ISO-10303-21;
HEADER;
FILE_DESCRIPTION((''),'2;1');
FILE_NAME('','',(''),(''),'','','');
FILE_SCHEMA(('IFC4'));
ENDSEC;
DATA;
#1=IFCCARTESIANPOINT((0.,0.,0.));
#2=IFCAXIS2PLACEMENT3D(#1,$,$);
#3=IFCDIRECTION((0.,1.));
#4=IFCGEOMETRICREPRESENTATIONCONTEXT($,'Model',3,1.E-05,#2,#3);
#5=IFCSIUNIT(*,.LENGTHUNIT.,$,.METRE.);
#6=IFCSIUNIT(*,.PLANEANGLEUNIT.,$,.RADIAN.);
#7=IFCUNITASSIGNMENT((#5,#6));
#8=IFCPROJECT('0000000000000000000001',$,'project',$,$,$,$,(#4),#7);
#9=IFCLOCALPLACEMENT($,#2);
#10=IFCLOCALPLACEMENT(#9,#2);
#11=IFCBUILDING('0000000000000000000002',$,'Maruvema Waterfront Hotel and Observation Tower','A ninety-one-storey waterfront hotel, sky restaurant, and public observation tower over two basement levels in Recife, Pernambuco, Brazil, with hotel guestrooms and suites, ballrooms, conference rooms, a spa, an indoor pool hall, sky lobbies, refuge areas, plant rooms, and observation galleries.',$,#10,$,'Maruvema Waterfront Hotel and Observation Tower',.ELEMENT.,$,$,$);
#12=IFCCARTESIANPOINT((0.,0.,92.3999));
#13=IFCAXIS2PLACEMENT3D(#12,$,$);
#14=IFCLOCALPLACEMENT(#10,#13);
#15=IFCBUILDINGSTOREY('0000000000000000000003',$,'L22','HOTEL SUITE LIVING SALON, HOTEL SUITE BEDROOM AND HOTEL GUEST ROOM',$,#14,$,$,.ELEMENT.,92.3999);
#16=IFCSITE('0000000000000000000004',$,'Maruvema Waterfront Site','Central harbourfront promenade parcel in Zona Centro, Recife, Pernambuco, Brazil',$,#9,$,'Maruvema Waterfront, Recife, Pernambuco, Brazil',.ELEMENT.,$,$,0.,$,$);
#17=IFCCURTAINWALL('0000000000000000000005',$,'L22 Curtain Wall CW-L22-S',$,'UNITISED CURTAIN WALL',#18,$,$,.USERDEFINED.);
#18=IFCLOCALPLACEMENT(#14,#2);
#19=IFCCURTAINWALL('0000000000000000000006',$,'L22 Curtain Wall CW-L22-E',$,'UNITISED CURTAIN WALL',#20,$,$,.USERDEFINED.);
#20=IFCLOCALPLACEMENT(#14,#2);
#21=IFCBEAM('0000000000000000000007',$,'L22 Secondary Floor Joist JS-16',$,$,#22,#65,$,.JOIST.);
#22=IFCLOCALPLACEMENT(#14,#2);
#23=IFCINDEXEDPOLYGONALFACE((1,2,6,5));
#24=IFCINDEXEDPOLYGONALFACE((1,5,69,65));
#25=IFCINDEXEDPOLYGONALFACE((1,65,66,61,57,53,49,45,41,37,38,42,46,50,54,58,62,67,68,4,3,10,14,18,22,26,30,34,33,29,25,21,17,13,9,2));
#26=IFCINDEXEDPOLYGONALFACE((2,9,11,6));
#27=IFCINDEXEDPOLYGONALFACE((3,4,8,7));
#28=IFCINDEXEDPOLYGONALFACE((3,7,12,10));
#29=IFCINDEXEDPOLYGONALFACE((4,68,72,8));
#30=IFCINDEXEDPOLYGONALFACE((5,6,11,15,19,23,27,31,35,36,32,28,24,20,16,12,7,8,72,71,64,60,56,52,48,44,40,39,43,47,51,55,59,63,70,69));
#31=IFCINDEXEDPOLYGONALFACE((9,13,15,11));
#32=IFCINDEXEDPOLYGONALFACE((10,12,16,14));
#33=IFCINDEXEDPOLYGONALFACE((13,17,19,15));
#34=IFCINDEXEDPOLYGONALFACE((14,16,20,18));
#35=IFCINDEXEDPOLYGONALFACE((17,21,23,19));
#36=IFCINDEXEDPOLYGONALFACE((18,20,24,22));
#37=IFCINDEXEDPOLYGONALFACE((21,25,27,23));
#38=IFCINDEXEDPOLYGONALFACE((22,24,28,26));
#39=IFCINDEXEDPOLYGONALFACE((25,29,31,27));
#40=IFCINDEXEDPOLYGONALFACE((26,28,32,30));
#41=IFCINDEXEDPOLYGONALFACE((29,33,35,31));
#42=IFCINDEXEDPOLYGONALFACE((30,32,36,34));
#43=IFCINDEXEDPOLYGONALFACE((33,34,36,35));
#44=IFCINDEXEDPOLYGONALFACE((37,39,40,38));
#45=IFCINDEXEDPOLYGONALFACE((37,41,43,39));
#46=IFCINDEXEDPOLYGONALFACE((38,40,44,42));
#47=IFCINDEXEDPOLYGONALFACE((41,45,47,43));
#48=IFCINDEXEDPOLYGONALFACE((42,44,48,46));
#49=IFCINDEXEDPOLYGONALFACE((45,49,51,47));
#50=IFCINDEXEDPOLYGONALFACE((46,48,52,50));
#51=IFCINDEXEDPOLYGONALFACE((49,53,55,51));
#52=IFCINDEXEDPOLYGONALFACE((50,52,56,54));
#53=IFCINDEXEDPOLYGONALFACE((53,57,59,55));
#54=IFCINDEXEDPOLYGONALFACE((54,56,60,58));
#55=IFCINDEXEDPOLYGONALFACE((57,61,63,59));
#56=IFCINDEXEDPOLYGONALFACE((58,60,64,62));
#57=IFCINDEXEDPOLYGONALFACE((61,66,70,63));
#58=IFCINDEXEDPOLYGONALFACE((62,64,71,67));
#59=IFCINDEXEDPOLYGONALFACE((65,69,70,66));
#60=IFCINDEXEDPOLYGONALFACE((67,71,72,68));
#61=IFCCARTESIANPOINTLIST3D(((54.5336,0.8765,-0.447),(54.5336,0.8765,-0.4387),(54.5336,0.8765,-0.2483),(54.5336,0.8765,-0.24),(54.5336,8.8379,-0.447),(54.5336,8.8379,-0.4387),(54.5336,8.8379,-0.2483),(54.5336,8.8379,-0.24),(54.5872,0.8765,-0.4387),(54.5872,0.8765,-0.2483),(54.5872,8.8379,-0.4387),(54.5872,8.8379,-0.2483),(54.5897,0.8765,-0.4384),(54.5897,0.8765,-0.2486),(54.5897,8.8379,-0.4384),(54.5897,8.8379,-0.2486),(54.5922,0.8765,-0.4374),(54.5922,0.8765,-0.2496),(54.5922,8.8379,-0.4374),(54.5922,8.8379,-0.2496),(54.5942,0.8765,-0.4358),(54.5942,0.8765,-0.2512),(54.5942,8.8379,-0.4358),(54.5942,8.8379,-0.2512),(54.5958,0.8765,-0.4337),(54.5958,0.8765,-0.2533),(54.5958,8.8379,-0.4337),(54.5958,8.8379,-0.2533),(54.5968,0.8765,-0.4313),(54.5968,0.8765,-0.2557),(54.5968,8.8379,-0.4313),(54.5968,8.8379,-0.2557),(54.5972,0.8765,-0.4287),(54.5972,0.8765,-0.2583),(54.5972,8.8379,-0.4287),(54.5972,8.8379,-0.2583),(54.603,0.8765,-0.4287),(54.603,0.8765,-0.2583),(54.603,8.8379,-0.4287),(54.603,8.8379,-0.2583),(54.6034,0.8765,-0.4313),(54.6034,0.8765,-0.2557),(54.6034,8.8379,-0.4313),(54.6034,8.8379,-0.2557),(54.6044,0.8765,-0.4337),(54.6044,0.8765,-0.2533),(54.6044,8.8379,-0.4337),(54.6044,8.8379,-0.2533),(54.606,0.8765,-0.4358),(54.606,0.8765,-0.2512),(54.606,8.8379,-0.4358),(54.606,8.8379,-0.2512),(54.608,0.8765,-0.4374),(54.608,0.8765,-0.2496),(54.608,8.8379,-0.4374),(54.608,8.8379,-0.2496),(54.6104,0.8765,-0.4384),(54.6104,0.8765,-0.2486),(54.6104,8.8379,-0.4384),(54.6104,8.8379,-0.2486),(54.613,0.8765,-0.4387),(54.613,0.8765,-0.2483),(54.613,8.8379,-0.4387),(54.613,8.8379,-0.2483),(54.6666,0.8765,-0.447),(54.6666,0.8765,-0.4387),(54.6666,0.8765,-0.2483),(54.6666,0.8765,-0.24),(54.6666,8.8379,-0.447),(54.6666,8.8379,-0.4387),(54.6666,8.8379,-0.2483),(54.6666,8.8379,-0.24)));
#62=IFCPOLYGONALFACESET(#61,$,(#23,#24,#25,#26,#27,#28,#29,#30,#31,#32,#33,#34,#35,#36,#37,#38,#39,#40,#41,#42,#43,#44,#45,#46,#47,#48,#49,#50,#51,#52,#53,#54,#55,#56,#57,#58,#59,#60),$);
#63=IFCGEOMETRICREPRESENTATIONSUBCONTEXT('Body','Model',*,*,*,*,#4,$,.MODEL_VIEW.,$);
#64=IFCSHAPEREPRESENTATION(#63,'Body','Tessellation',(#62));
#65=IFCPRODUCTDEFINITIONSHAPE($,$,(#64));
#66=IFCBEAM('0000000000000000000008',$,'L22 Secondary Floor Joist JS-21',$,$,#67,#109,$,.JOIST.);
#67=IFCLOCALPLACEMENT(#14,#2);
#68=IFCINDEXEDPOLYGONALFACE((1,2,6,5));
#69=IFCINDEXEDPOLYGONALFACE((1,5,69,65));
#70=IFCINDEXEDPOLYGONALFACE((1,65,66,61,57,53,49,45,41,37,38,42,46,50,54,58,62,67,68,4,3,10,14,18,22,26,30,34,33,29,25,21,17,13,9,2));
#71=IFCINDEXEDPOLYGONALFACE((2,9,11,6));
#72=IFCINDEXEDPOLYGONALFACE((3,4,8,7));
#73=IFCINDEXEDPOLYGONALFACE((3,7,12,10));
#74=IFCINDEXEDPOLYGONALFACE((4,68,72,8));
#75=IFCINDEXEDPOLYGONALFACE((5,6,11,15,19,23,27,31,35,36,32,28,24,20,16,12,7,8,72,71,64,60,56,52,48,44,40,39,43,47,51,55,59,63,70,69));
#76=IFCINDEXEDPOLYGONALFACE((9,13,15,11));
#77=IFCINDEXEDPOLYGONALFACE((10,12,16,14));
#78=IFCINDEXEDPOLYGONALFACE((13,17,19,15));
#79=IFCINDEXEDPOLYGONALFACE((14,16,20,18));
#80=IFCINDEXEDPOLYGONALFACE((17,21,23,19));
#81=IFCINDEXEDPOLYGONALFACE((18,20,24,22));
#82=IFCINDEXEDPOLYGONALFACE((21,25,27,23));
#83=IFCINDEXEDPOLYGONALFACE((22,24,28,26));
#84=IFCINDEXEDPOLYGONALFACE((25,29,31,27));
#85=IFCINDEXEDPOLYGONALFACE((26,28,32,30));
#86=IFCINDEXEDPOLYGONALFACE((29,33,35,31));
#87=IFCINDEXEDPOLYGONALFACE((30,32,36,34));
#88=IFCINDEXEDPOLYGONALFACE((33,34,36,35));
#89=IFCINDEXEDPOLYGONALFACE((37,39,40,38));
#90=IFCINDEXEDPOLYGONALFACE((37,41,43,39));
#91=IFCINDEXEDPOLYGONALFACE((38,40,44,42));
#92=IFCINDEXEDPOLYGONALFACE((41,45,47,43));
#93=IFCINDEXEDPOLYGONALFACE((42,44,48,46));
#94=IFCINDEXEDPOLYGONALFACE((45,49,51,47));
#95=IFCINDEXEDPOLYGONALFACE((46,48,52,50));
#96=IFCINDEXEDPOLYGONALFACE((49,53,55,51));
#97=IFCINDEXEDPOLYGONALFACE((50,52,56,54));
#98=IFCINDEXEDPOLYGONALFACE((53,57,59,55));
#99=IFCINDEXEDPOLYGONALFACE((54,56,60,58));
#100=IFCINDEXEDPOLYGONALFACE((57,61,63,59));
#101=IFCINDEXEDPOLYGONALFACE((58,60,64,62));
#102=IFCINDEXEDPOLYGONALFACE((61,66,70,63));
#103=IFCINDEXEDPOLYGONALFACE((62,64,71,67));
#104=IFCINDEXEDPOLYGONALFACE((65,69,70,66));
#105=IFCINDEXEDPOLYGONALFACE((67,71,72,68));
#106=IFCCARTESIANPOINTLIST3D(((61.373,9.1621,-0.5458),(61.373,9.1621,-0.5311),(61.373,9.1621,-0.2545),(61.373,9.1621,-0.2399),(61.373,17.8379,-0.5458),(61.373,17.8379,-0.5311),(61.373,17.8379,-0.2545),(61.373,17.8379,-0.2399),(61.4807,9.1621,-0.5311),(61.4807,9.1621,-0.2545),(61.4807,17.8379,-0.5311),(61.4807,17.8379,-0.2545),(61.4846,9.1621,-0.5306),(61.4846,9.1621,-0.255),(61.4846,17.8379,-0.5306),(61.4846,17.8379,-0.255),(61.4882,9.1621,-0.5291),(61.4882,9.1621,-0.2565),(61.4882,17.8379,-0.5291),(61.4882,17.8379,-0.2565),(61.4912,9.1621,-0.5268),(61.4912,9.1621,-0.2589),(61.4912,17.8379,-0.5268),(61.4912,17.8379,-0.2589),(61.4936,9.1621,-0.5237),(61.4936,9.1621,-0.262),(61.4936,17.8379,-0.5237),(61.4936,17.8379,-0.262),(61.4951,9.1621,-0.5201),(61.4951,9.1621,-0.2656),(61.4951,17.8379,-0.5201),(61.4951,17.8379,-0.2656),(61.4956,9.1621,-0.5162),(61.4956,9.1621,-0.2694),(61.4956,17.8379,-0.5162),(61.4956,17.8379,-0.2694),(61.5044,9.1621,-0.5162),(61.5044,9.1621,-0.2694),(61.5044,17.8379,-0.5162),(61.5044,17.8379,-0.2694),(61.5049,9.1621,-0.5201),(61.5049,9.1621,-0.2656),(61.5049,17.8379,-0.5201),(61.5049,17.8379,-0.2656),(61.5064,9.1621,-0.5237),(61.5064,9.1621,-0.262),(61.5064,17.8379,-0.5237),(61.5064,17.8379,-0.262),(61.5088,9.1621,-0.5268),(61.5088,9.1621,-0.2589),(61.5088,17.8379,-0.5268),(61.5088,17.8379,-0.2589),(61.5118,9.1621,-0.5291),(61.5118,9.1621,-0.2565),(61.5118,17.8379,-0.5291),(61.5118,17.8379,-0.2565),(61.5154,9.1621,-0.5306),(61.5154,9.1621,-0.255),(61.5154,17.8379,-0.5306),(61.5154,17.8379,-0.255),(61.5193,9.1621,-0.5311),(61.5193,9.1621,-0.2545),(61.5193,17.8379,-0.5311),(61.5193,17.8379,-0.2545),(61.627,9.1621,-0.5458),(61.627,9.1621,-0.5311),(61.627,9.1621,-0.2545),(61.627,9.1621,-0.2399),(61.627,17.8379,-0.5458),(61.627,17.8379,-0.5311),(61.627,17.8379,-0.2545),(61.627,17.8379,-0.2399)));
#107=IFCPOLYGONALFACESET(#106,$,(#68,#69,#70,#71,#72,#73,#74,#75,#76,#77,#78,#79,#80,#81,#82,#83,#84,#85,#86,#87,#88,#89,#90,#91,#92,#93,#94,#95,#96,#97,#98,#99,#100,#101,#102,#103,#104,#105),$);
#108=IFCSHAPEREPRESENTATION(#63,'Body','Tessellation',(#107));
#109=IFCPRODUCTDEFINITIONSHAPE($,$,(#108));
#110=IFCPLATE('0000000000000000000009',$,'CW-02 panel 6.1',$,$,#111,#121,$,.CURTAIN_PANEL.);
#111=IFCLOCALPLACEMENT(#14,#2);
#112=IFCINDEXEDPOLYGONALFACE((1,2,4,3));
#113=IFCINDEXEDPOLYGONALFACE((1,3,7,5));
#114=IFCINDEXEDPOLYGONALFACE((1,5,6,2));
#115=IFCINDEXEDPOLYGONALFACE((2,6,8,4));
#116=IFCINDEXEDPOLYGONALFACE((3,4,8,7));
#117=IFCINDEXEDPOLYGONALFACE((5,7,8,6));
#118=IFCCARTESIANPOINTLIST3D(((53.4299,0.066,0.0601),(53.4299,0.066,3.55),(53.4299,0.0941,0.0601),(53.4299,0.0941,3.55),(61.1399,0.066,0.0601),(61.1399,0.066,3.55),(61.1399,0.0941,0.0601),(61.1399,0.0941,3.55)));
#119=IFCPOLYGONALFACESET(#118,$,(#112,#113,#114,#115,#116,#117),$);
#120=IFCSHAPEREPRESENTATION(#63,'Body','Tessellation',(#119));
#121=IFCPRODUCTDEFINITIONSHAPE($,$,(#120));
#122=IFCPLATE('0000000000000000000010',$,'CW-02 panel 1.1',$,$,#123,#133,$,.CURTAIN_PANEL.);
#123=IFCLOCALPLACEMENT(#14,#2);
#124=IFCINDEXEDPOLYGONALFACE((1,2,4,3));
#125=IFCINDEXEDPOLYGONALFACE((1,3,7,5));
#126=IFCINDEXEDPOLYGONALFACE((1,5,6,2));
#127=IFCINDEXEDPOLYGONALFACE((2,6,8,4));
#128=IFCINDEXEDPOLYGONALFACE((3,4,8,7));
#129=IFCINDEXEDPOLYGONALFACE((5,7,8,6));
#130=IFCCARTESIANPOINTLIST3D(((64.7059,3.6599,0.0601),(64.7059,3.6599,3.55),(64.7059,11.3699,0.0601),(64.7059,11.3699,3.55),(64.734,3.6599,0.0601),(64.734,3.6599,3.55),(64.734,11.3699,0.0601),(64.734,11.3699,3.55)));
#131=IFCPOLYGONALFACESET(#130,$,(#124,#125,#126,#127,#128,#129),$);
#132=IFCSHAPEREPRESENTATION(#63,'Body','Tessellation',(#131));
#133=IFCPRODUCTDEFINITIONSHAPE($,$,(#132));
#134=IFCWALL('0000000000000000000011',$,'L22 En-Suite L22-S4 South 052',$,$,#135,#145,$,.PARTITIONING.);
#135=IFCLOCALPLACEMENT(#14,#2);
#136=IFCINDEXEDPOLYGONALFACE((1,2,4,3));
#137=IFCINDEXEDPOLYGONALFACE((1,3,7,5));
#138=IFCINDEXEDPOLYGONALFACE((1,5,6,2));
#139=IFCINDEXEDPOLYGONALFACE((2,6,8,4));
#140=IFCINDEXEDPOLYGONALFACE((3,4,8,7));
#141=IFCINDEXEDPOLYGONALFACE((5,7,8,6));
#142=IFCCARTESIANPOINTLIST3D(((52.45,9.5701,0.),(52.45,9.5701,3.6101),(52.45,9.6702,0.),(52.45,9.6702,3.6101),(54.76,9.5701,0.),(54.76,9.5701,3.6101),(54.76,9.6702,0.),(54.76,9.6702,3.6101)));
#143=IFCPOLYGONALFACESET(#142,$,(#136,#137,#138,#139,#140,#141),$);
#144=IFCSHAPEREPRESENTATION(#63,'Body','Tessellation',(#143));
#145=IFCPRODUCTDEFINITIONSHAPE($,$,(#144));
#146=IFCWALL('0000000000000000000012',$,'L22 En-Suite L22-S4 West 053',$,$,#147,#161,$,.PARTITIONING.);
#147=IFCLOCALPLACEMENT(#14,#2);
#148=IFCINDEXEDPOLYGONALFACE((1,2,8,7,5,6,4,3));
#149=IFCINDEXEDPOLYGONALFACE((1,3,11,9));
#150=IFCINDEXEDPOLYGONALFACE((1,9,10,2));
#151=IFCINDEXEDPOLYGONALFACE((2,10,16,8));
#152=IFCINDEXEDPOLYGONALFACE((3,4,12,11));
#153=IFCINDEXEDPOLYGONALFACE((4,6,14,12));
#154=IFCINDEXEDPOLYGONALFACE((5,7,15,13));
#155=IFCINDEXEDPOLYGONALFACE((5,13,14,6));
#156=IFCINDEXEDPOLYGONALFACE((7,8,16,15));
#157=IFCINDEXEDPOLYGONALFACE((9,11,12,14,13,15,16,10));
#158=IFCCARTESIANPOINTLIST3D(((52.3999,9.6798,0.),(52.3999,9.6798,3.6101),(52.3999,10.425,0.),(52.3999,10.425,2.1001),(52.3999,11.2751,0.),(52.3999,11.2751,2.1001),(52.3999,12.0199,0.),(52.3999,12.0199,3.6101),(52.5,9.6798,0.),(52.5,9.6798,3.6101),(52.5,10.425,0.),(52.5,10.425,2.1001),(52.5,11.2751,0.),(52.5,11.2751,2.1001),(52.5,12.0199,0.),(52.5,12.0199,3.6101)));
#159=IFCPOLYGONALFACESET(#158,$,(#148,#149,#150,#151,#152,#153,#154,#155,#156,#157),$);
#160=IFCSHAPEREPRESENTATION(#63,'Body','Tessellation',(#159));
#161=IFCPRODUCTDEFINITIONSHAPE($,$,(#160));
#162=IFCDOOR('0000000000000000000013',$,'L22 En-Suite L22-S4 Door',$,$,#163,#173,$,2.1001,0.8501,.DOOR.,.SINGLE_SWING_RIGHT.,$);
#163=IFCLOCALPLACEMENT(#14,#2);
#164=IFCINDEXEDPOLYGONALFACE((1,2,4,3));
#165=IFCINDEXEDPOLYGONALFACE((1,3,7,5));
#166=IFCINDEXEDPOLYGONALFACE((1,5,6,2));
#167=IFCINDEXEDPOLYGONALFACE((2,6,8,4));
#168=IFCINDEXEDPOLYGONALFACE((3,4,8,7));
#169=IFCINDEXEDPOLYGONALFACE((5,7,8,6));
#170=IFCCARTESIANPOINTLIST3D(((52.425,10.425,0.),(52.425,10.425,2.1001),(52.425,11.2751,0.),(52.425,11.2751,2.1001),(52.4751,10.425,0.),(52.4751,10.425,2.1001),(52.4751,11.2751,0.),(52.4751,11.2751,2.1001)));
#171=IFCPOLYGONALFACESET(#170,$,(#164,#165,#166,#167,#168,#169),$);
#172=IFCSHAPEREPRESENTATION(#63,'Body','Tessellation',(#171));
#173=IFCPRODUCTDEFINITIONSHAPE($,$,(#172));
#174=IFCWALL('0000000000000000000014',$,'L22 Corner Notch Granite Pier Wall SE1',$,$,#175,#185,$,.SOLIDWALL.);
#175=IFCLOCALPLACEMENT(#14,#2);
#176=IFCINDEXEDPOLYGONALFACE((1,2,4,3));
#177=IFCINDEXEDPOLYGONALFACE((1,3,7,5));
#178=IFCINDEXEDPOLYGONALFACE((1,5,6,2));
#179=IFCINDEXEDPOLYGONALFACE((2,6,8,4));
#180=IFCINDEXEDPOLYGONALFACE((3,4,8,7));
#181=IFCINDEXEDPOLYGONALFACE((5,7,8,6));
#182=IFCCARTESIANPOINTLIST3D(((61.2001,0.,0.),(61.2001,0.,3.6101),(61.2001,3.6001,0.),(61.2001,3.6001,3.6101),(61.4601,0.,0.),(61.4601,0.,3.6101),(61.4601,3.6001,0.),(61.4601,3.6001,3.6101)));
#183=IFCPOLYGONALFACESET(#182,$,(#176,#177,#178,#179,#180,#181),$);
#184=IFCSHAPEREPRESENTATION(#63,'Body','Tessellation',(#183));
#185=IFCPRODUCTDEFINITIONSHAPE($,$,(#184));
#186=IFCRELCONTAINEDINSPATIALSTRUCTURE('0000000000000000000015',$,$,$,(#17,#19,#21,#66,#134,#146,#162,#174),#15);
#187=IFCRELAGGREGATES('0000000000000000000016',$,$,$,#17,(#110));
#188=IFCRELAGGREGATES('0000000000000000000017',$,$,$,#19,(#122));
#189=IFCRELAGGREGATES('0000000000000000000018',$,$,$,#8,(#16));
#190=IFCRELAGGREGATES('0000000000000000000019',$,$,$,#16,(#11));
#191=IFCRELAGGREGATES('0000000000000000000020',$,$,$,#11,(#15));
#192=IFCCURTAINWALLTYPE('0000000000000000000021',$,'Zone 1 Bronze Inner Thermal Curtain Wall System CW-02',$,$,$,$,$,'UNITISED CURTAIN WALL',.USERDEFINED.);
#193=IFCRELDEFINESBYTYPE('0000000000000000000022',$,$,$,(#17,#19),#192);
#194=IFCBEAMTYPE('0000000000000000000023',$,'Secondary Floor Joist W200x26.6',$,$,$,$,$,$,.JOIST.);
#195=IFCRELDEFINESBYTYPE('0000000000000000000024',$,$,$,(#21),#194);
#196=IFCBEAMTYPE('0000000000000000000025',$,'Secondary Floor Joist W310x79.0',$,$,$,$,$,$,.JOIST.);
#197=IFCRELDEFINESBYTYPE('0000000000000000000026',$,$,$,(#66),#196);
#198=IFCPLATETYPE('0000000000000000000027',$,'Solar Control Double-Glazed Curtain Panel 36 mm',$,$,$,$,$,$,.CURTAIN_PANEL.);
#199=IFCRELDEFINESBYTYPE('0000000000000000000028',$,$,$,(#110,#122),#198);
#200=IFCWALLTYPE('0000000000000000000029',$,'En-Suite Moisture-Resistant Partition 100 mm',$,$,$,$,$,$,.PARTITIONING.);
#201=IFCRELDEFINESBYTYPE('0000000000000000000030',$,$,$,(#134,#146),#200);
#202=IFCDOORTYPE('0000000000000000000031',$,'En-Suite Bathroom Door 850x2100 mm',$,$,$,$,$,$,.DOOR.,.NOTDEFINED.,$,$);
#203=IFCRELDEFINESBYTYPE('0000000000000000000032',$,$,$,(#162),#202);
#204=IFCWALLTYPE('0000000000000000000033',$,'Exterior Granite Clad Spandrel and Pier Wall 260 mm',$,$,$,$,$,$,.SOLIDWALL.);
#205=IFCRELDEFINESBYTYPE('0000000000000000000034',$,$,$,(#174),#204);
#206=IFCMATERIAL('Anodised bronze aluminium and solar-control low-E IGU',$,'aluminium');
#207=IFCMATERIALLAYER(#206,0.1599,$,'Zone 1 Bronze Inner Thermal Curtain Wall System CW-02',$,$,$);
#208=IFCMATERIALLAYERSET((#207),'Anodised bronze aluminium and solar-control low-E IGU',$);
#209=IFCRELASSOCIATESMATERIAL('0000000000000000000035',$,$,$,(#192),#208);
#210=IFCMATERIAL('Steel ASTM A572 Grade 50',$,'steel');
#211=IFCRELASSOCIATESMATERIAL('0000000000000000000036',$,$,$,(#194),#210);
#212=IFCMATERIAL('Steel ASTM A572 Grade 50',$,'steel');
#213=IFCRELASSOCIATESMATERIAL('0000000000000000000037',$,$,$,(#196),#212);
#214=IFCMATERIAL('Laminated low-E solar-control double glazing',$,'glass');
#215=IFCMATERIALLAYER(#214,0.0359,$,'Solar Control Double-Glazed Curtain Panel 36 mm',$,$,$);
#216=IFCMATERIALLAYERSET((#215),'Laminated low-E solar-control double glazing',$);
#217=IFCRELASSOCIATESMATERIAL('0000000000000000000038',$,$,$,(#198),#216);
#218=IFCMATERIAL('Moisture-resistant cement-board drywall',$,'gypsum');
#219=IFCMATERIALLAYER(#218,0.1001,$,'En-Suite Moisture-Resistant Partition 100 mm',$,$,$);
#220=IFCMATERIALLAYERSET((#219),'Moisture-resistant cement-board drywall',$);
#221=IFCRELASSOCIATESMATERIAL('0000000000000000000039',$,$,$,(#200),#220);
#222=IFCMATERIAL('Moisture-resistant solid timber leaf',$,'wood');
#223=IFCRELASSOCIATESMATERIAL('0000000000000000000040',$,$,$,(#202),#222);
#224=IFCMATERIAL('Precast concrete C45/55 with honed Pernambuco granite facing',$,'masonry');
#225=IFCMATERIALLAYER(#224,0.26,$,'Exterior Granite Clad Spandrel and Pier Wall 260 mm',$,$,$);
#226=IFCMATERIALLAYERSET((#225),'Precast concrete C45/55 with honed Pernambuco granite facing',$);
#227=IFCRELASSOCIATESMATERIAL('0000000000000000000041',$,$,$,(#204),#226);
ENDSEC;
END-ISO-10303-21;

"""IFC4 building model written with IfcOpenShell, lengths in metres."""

from ifc_helpers import new_model, si_unit, direction, frame, frame_2d, origin, origin_2d, place, context, subcontext, project, spatial, rectangle, i_section, extrude, material, layer, layer_set, material_profile, profile_set, type_object, element, fill, aggregate, save


model = new_model("IFC4")

# Units and contexts
model_context = context("Model", 3, precision=1e-05, world=origin(), true_north=direction((0.0, 1.0)))
body_context = subcontext(model_context, "Body", "Model", "MODEL_VIEW")
ifc_project = project(units=[si_unit("LENGTHUNIT", "METRE"), si_unit("PLANEANGLEUNIT", "RADIAN")], contexts=[model_context])

# Site, building, storey
site_placement = place(None, origin())
site = spatial("IfcSite", under=ifc_project, at=site_placement, Name="Maruvema Waterfront Site", Description="Central harbourfront promenade parcel in Zona Centro, Recife, Pernambuco, Brazil", LongName="Maruvema Waterfront, Recife, Pernambuco, Brazil", CompositionType="ELEMENT", RefElevation=0.0)
building_placement = place(site_placement, origin())
building = spatial("IfcBuilding", under=site, at=building_placement, Name="Maruvema Waterfront Hotel and Observation Tower", Description="A ninety-one-storey waterfront hotel, sky restaurant, and public observation tower over two basement levels in Recife, Pernambuco, Brazil, with hotel guestrooms and suites, ballrooms, conference rooms, a spa, an indoor pool hall, sky lobbies, refuge areas, plant rooms, and observation galleries.", LongName="Maruvema Waterfront Hotel and Observation Tower", CompositionType="ELEMENT")
storey_placement = place(building_placement, frame((0.0, 0.0, 92.3999)))
storey = spatial("IfcBuildingStorey", under=building, at=storey_placement, Name="L22", Description="HOTEL SUITE LIVING SALON, HOTEL SUITE BEDROOM AND HOTEL GUEST ROOM", CompositionType="ELEMENT", Elevation=92.3999)

# Curtain walls
ifc_material_1 = material(Name="Anodised bronze aluminium and solar-control low-E IGU", Category="aluminium")
ifc_layer_1 = layer(ifc_material_1, 0.1599, Name="Zone 1 Bronze Inner Thermal Curtain Wall System CW-02")
ifc_layer_set_1 = layer_set([ifc_layer_1], Name="Anodised bronze aluminium and solar-control low-E IGU")
curtain_wall_type = type_object("IfcCurtainWallType", Name="Zone 1 Bronze Inner Thermal Curtain Wall System CW-02", ElementType="UNITISED CURTAIN WALL", PredefinedType="USERDEFINED", material=ifc_layer_set_1)
curtain_wall_1_placement = place(storey_placement, origin())
curtain_wall_1 = element("IfcCurtainWall", 1, at=curtain_wall_1_placement, inside=storey, type_object=curtain_wall_type, Name="L22 Curtain Wall CW-L22-S", ObjectType="UNITISED CURTAIN WALL", PredefinedType="USERDEFINED")
curtain_wall_2_placement = place(storey_placement, origin())
curtain_wall_2 = element("IfcCurtainWall", 2, at=curtain_wall_2_placement, inside=storey, type_object=curtain_wall_type, Name="L22 Curtain Wall CW-L22-E", ObjectType="UNITISED CURTAIN WALL", PredefinedType="USERDEFINED")

# Beams
ifc_material_2 = material(Name="Steel ASTM A572 Grade 50", Category="steel")
ifc_material_profile_1 = material_profile(ifc_material_2, i_section(OverallWidth=0.1331, OverallDepth=0.207, WebThickness=0.0059, FlangeThickness=0.0083, FilletRadius=0.01, at=origin_2d()), Name="W200x26.6")
ifc_profile_set_1 = profile_set([ifc_material_profile_1], Name="Steel ASTM A572 Grade 50")
beam_type_1 = type_object("IfcBeamType", Name="Secondary Floor Joist W200x26.6", PredefinedType="JOIST", material=ifc_profile_set_1)
beam_1_placement = place(storey_placement, frame((54.6001, 0.8765, -0.3435), z_axis=(0.0, 1.0, 0.0), x_axis=(-1.0, 0.0, 0.0)))
element("IfcBeam", 3, at=beam_1_placement, inside=storey, type_object=beam_type_1, Name="L22 Secondary Floor Joist JS-16", PredefinedType="JOIST", context=body_context, shape_type="SweptSolid", body=[
    extrude(i_section(OverallWidth=0.1331, OverallDepth=0.207, WebThickness=0.0059, FlangeThickness=0.0083, FilletRadius=0.01, at=origin_2d()), origin(), (0.0, 0.0, 1.0), 7.9614),
])
ifc_material_3 = material(Name="Steel ASTM A572 Grade 50", Category="steel")
ifc_material_profile_2 = material_profile(ifc_material_3, i_section(OverallWidth=0.2539, OverallDepth=0.3059, WebThickness=0.0088, FlangeThickness=0.0146, FilletRadius=0.0149, at=origin_2d()), Name="W310x79.0")
ifc_profile_set_2 = profile_set([ifc_material_profile_2], Name="Steel ASTM A572 Grade 50")
beam_type_2 = type_object("IfcBeamType", Name="Secondary Floor Joist W310x79.0", PredefinedType="JOIST", material=ifc_profile_set_2)
beam_2_placement = place(storey_placement, frame((61.5, 9.1621, -0.3928), z_axis=(0.0, 1.0, 0.0), x_axis=(-1.0, 0.0, 0.0)))
element("IfcBeam", 4, at=beam_2_placement, inside=storey, type_object=beam_type_2, Name="L22 Secondary Floor Joist JS-21", PredefinedType="JOIST", context=body_context, shape_type="SweptSolid", body=[
    extrude(i_section(OverallWidth=0.2539, OverallDepth=0.3059, WebThickness=0.0088, FlangeThickness=0.0146, FilletRadius=0.0149, at=origin_2d()), origin(), (0.0, 0.0, 1.0), 8.6758),
])

# Plates
ifc_material_4 = material(Name="Laminated low-E solar-control double glazing", Category="glass")
ifc_layer_2 = layer(ifc_material_4, 0.0359, Name="Solar Control Double-Glazed Curtain Panel 36 mm")
ifc_layer_set_2 = layer_set([ifc_layer_2], Name="Laminated low-E solar-control double glazing")
plate_type = type_object("IfcPlateType", Name="Solar Control Double-Glazed Curtain Panel 36 mm", PredefinedType="CURTAIN_PANEL", material=ifc_layer_set_2)
plate_1_placement = place(storey_placement, frame((57.2849, 0.0801, 0.0601), z_axis=(0.0, 0.0, 1.0), x_axis=(1.0, 0.0, 0.0)))
plate_1 = element("IfcPlate", 5, at=plate_1_placement, type_object=plate_type, Name="CW-02 panel 6.1", PredefinedType="CURTAIN_PANEL", context=body_context, shape_type="SweptSolid", body=[
    extrude(rectangle(XDim=7.71, YDim=0.0281, at=origin_2d()), origin(), (0.0, 0.0, 1.0), 3.49),
])
aggregate(curtain_wall_1, [plate_1])
plate_2_placement = place(storey_placement, frame((64.72, 7.5149, 0.0601), z_axis=(0.0, 0.0, 1.0), x_axis=(0.0, 1.0, 0.0)))
plate_2 = element("IfcPlate", 6, at=plate_2_placement, type_object=plate_type, Name="CW-02 panel 1.1", PredefinedType="CURTAIN_PANEL", context=body_context, shape_type="SweptSolid", body=[
    extrude(rectangle(XDim=7.71, YDim=0.0281, at=origin_2d()), origin(), (0.0, 0.0, 1.0), 3.49),
])
aggregate(curtain_wall_2, [plate_2])

# Wall
ifc_material_5 = material(Name="Moisture-resistant cement-board drywall", Category="gypsum")
ifc_layer_3 = layer(ifc_material_5, 0.1001, Name="En-Suite Moisture-Resistant Partition 100 mm")
ifc_layer_set_3 = layer_set([ifc_layer_3], Name="Moisture-resistant cement-board drywall")
wall_type_1 = type_object("IfcWallType", Name="En-Suite Moisture-Resistant Partition 100 mm", PredefinedType="PARTITIONING", material=ifc_layer_set_3)
wall_1_placement = place(storey_placement, frame((52.45, 9.6201, 0.0), z_axis=(0.0, 0.0, 1.0), x_axis=(1.0, 0.0, 0.0)))
element("IfcWall", 7, at=wall_1_placement, inside=storey, type_object=wall_type_1, Name="L22 En-Suite L22-S4 South 052", PredefinedType="PARTITIONING", context=body_context, shape_type="SweptSolid", body=[
    extrude(rectangle(XDim=2.3101, YDim=0.1001, at=frame_2d((1.155, 0.0))), origin(), (0.0, 0.0, 1.0), 3.6101),
])

# Wall, opening, door
wall_2_placement = place(storey_placement, frame((52.45, 9.6799, 0.0), z_axis=(0.0, 0.0, 1.0), x_axis=(0.0, 1.0, 0.0)))
wall_2 = element("IfcWall", 8, at=wall_2_placement, inside=storey, type_object=wall_type_1, Name="L22 En-Suite L22-S4 West 053", PredefinedType="PARTITIONING", context=body_context, shape_type="SweptSolid", body=[
    extrude(rectangle(XDim=2.3401, YDim=0.1001, at=frame_2d((1.1699, 0.0))), origin(), (0.0, 0.0, 1.0), 3.6101),
])
opening_1_placement = place(wall_2_placement, frame((0.7451, 0.0, 0.0)))
opening_1 = element("IfcOpeningElement", 9, at=opening_1_placement, cuts=wall_2, PredefinedType="OPENING", context=body_context, shape_type="SweptSolid", body=[
    extrude(rectangle(XDim=0.8501, YDim=2.1001, at=frame_2d((0.425, 1.05))), frame((0.0, 0.0601, 0.0), z_axis=(0.0, -1.0, 0.0), x_axis=(1.0, 0.0, 0.0)), (0.0, 0.0, 1.0), 0.1201),
])
ifc_material_6 = material(Name="Moisture-resistant solid timber leaf", Category="wood")
door_type = type_object("IfcDoorType", Name="En-Suite Bathroom Door 850x2100 mm", OperationType="NOTDEFINED", PredefinedType="DOOR", material=ifc_material_6)
door_placement = place(opening_1_placement, origin())
door = element("IfcDoor", 10, at=door_placement, inside=storey, type_object=door_type, Name="L22 En-Suite L22-S4 Door", OperationType="SINGLE_SWING_RIGHT", OverallHeight=2.1001, OverallWidth=0.8501, PredefinedType="DOOR", context=body_context, shape_type="SweptSolid", body=[
    extrude(rectangle(XDim=0.8501, YDim=2.1001, at=frame_2d((0.425, 1.05))), frame((0.0, 0.0249, 0.0), z_axis=(0.0, -1.0, 0.0), x_axis=(1.0, 0.0, 0.0)), (0.0, 0.0, 1.0), 0.05),
])
fill(opening_1, door)

# Wall
ifc_material_7 = material(Name="Precast concrete C45/55 with honed Pernambuco granite facing", Category="masonry")
ifc_layer_4 = layer(ifc_material_7, 0.26, Name="Exterior Granite Clad Spandrel and Pier Wall 260 mm")
ifc_layer_set_4 = layer_set([ifc_layer_4], Name="Precast concrete C45/55 with honed Pernambuco granite facing")
wall_type_2 = type_object("IfcWallType", Name="Exterior Granite Clad Spandrel and Pier Wall 260 mm", PredefinedType="SOLIDWALL", material=ifc_layer_set_4)
wall_3_placement = place(storey_placement, frame((61.3301, 3.6001, 0.0), z_axis=(0.0, 0.0, 1.0), x_axis=(0.0, -1.0, 0.0)))
element("IfcWall", 11, at=wall_3_placement, inside=storey, type_object=wall_type_2, Name="L22 Corner Notch Granite Pier Wall SE1", PredefinedType="SOLIDWALL", context=body_context, shape_type="SweptSolid", body=[
    extrude(rectangle(XDim=3.6001, YDim=0.26, at=frame_2d((1.8, 0.0))), origin(), (0.0, 0.0, 1.0), 3.6101),
])

save(model, "model.ifc")
